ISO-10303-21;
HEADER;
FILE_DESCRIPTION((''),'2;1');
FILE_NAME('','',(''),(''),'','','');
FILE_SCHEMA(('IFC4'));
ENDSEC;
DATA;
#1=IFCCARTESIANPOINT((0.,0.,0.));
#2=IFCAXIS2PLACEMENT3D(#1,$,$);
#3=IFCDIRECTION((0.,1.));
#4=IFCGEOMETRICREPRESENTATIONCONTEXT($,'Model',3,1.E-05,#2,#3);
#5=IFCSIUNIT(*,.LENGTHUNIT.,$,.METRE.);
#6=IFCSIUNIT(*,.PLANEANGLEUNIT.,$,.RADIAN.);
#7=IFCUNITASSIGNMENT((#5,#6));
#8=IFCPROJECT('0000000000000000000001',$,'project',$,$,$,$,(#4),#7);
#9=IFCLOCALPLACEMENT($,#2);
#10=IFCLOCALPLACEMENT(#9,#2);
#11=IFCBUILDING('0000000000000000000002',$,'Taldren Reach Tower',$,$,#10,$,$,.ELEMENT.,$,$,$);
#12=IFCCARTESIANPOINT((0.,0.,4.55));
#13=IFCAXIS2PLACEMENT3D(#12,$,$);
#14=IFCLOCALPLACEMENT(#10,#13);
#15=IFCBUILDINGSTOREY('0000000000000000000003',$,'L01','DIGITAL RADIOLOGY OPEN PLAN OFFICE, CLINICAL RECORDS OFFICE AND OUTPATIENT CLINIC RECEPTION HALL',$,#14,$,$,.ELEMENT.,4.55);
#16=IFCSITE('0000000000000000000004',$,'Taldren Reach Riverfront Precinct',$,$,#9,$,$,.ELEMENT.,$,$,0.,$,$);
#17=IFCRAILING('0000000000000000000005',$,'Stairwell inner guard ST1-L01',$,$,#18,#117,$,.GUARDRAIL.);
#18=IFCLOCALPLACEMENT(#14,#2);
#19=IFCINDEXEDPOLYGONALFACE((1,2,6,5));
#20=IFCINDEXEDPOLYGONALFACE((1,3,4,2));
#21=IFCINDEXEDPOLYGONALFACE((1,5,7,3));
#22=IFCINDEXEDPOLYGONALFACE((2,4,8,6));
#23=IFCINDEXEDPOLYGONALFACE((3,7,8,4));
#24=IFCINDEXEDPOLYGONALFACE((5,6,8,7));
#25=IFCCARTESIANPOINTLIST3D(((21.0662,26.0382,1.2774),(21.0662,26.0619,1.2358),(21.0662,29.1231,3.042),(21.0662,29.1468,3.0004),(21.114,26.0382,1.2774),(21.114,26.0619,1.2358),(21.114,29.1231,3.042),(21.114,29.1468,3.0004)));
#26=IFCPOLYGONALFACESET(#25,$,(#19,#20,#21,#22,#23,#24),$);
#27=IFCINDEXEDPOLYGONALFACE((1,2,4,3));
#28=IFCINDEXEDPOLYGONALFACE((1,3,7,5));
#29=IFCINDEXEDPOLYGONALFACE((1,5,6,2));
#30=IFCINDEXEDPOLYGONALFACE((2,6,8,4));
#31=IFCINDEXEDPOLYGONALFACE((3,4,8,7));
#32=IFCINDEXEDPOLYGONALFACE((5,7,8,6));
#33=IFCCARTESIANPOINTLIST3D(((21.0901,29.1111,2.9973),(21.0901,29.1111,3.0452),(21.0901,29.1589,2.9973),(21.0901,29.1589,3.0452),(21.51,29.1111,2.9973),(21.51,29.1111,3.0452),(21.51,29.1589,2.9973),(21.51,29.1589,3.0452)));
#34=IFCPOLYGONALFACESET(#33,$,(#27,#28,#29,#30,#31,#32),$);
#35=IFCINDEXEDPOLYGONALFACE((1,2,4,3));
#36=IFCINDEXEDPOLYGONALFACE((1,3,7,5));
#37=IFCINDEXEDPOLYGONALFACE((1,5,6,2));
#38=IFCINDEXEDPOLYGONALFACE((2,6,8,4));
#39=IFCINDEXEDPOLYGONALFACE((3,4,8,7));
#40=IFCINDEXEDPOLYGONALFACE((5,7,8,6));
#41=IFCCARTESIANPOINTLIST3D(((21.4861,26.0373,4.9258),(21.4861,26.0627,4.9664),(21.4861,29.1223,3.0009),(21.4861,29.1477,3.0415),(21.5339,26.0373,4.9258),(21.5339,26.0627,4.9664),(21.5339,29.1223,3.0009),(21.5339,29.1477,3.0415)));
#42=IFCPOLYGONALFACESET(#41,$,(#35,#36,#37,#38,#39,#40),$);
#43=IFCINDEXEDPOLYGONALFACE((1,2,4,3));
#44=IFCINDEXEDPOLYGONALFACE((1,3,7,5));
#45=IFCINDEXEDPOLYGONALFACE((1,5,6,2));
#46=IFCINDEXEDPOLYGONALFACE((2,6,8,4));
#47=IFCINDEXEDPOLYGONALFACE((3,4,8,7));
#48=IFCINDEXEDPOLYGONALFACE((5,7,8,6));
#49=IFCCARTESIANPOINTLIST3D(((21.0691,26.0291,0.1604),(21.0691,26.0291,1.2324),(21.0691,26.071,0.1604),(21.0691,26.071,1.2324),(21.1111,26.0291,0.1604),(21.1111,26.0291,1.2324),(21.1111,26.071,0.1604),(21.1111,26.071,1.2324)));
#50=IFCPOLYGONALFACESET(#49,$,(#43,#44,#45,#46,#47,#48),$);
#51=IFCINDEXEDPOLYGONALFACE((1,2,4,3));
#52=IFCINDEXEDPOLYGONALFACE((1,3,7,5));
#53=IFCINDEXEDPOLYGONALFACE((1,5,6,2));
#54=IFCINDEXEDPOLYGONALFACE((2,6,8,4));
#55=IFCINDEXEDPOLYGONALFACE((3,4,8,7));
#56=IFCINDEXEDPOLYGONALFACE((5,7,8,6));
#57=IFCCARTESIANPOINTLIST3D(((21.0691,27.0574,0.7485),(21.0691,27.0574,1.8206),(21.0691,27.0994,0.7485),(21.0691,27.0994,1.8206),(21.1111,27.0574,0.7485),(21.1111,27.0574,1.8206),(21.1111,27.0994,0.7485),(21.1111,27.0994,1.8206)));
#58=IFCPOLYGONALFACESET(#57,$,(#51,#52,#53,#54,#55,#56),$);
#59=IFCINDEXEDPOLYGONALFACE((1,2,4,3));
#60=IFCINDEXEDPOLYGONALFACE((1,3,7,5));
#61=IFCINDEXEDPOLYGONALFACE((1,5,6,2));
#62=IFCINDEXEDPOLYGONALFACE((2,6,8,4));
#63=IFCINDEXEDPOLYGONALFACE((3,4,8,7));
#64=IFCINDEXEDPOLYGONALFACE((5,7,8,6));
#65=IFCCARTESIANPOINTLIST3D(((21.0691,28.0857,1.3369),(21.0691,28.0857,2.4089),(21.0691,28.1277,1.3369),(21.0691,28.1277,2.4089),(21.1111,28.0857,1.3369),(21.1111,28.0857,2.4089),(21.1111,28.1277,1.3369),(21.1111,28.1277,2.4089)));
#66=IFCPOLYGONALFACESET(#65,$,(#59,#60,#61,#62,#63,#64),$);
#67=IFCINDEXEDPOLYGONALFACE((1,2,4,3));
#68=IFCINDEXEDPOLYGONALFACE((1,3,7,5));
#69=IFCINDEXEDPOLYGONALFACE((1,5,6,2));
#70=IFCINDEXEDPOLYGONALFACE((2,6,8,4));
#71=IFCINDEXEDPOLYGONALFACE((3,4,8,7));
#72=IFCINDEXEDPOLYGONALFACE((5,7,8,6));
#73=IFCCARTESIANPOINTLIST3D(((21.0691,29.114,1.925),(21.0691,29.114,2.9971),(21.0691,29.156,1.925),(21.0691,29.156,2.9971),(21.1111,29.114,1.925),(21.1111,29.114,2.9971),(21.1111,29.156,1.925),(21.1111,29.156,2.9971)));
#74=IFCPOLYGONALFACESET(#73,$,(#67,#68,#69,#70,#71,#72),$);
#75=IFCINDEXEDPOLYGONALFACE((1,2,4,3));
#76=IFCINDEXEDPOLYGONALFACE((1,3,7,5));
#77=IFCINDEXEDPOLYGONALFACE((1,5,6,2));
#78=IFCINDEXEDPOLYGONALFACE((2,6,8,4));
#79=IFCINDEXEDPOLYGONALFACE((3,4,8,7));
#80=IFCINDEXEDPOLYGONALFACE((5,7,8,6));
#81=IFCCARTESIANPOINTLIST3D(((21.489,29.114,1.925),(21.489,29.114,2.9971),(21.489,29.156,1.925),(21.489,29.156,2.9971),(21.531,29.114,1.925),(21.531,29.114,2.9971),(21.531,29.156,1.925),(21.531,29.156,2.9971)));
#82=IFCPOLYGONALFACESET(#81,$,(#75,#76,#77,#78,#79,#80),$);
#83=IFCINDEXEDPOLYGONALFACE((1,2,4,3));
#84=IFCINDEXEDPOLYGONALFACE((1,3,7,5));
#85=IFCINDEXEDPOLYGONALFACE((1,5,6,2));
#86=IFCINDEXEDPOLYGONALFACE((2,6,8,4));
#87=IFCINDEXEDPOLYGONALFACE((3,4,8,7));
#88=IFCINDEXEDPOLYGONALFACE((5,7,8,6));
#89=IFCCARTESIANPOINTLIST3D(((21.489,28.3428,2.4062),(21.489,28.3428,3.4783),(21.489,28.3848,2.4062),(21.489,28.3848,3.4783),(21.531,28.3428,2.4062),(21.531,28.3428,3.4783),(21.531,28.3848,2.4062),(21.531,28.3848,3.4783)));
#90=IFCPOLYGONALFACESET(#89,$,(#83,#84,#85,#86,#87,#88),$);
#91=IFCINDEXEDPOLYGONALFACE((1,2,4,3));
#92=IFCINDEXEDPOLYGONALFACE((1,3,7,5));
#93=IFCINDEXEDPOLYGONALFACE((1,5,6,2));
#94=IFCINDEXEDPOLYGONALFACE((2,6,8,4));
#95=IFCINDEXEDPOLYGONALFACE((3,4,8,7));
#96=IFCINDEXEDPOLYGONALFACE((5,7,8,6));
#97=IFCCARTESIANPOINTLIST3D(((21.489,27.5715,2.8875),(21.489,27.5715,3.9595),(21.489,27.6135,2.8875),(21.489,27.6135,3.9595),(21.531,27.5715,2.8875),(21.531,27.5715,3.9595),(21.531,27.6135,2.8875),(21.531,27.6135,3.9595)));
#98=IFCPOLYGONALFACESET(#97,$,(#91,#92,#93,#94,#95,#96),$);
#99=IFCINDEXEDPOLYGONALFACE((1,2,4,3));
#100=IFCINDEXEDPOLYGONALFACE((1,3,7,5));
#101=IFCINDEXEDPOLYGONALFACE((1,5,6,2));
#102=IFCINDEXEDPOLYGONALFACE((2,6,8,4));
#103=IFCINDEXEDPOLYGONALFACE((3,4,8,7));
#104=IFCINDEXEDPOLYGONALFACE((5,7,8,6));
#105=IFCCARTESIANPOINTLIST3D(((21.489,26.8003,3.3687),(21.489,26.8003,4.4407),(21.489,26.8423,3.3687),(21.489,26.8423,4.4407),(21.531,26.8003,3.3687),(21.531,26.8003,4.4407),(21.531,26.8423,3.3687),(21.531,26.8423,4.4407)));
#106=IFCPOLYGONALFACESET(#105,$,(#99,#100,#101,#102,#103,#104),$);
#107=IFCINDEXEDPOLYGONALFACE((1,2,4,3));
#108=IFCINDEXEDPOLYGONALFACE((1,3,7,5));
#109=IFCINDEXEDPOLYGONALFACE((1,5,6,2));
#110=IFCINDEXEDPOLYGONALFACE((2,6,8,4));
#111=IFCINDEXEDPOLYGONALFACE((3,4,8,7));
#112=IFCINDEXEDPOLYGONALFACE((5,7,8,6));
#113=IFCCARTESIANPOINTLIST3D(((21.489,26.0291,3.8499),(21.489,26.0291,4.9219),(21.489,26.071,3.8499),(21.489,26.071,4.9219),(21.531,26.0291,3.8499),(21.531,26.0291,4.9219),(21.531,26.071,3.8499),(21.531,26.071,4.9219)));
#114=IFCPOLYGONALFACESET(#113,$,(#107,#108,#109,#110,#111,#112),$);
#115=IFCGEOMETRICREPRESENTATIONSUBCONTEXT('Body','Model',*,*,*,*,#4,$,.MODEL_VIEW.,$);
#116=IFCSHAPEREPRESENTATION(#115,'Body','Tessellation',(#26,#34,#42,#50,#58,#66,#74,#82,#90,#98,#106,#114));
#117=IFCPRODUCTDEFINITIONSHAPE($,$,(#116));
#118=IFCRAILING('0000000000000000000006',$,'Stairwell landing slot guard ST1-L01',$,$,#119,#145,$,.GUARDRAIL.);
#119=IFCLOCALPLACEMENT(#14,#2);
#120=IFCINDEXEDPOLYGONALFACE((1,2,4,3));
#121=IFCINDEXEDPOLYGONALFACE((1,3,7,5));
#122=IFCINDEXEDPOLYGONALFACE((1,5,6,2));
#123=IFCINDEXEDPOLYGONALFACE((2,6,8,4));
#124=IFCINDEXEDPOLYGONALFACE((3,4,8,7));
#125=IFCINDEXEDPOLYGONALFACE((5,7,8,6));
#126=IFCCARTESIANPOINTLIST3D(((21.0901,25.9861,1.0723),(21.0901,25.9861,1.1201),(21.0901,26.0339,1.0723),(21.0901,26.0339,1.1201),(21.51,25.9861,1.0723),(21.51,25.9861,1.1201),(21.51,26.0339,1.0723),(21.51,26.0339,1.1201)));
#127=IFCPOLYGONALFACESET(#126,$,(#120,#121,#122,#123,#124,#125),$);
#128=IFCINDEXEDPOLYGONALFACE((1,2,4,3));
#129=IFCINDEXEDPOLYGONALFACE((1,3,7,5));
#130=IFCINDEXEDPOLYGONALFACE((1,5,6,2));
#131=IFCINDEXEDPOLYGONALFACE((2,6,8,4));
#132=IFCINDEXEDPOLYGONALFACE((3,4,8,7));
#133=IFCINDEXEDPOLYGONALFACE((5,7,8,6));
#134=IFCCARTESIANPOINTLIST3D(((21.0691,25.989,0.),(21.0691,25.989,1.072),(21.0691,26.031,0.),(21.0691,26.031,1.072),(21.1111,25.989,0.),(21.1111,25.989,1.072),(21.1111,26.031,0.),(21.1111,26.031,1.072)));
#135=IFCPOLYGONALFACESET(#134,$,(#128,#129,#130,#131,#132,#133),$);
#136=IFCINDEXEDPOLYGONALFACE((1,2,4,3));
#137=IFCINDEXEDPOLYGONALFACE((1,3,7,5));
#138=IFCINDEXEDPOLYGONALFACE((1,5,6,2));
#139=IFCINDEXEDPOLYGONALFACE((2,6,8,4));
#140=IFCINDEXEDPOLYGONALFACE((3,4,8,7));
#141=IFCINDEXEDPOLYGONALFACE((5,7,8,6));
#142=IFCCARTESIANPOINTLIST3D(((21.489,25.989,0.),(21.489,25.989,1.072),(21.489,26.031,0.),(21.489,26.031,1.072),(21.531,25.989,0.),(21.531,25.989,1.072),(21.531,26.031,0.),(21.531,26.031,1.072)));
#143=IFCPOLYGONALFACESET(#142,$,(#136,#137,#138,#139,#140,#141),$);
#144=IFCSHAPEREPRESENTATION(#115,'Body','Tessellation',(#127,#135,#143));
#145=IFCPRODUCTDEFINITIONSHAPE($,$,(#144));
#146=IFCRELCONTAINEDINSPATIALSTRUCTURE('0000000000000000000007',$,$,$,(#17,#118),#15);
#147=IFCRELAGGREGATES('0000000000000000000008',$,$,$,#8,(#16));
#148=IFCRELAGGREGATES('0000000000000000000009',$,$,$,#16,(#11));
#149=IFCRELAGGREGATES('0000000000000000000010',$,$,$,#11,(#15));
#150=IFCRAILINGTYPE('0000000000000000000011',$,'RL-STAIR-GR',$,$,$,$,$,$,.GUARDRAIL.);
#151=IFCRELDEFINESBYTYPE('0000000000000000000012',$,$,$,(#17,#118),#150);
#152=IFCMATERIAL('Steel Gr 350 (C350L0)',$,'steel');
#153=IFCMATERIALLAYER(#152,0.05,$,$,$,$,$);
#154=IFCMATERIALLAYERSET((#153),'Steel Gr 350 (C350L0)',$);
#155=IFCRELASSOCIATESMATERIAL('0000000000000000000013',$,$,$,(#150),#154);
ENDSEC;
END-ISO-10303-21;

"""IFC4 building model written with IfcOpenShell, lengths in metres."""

from ifc_helpers import new_model, si_unit, direction, frame, origin, origin_2d, place, context, subcontext, project, spatial, rectangle, extrude, material, layer, layer_set, type_object, element, save


model = new_model("IFC4")

# Units and contexts
model_context = context("Model", 3, precision=1e-05, world=origin(), true_north=direction((0.0, 1.0)))
body_context = subcontext(model_context, "Body", "Model", "MODEL_VIEW")
ifc_project = project(units=[si_unit("LENGTHUNIT", "METRE"), si_unit("PLANEANGLEUNIT", "RADIAN")], contexts=[model_context])

# Site, building, storey
site_placement = place(None, origin())
site = spatial("IfcSite", under=ifc_project, at=site_placement, Name="Taldren Reach Riverfront Precinct", CompositionType="ELEMENT", RefElevation=0.0)
building_placement = place(site_placement, origin())
building = spatial("IfcBuilding", under=site, at=building_placement, Name="Taldren Reach Tower", CompositionType="ELEMENT")
storey_placement = place(building_placement, frame((0.0, 0.0, 4.55)))
storey = spatial("IfcBuildingStorey", under=building, at=storey_placement, Name="L01", Description="DIGITAL RADIOLOGY OPEN PLAN OFFICE, CLINICAL RECORDS OFFICE AND OUTPATIENT CLINIC RECEPTION HALL", CompositionType="ELEMENT", Elevation=4.55)

# Railings
ifc_material_1 = material(Name="Steel Gr 350 (C350L0)", Category="steel")
ifc_layer_1 = layer(ifc_material_1, 0.05)
ifc_layer_set_1 = layer_set([ifc_layer_1], Name="Steel Gr 350 (C350L0)")
railing_type_1 = type_object("IfcRailingType", Name="RL-STAIR-GR", PredefinedType="GUARDRAIL", material=ifc_layer_set_1)
railing_1_placement = place(storey_placement, frame((21.0901, 26.05, 0.1604)))
element("IfcRailing", 1, at=railing_1_placement, inside=storey, type_object=railing_type_1, Name="Stairwell inner guard ST1-L01", PredefinedType="GUARDRAIL", context=body_context, shape_type="SweptSolid", body=[
    extrude(rectangle(XDim=0.0479, YDim=0.0479, at=origin_2d()), frame((0.0, 0.0, 1.0962), z_axis=(0.0, 0.868023, 0.496524), x_axis=(-1.0, 0.0, 0.0)), (0.0, 0.0, 1.0), 3.554),
    extrude(rectangle(XDim=0.0479, YDim=0.0479, at=origin_2d()), frame((0.0, 3.085, 2.8608), z_axis=(1.0, 0.0, 0.0), x_axis=(0.0, 1.0, 0.0)), (0.0, 0.0, 1.0), 0.4199),
    extrude(rectangle(XDim=0.0479, YDim=0.0479, at=origin_2d()), frame((0.4199, 3.085, 2.8608), z_axis=(0.0, -0.848405, 0.529347), x_axis=(1.0, 0.0, 0.0)), (0.0, 0.0, 1.0), 3.6362),
    extrude(rectangle(XDim=0.042, YDim=0.042, at=origin_2d()), origin(), (0.0, 0.0, 1.0), 1.072),
    extrude(rectangle(XDim=0.042, YDim=0.042, at=origin_2d()), frame((0.0, 1.0283, 0.5881)), (0.0, 0.0, 1.0), 1.072),
    extrude(rectangle(XDim=0.042, YDim=0.042, at=origin_2d()), frame((0.0, 2.0566, 1.1765)), (0.0, 0.0, 1.0), 1.072),
    extrude(rectangle(XDim=0.042, YDim=0.042, at=origin_2d()), frame((0.0, 3.085, 1.7646)), (0.0, 0.0, 1.0), 1.072),
    extrude(rectangle(XDim=0.042, YDim=0.042, at=origin_2d()), frame((0.4199, 3.085, 1.7646)), (0.0, 0.0, 1.0), 1.072),
    extrude(rectangle(XDim=0.042, YDim=0.042, at=origin_2d()), frame((0.4199, 2.3137, 2.2458)), (0.0, 0.0, 1.0), 1.072),
    extrude(rectangle(XDim=0.042, YDim=0.042, at=origin_2d()), frame((0.4199, 1.5425, 2.7271)), (0.0, 0.0, 1.0), 1.072),
    extrude(rectangle(XDim=0.042, YDim=0.042, at=origin_2d()), frame((0.4199, 0.7712, 3.2083)), (0.0, 0.0, 1.0), 1.072),
    extrude(rectangle(XDim=0.042, YDim=0.042, at=origin_2d()), frame((0.4199, 0.0, 3.6895)), (0.0, 0.0, 1.0), 1.072),
])
railing_2_placement = place(storey_placement, frame((21.0901, 26.01, 0.0)))
element("IfcRailing", 2, at=railing_2_placement, inside=storey, type_object=railing_type_1, Name="Stairwell landing slot guard ST1-L01", PredefinedType="GUARDRAIL", context=body_context, shape_type="SweptSolid", body=[
    extrude(rectangle(XDim=0.0479, YDim=0.0479, at=origin_2d()), frame((0.0, 0.0, 1.0962), z_axis=(1.0, 0.0, 0.0), x_axis=(0.0, 1.0, 0.0)), (0.0, 0.0, 1.0), 0.4199),
    extrude(rectangle(XDim=0.042, YDim=0.042, at=origin_2d()), origin(), (0.0, 0.0, 1.0), 1.072),
    extrude(rectangle(XDim=0.042, YDim=0.042, at=origin_2d()), frame((0.4199, 0.0, 0.0)), (0.0, 0.0, 1.0), 1.072),
])

save(model, "model.ifc")
